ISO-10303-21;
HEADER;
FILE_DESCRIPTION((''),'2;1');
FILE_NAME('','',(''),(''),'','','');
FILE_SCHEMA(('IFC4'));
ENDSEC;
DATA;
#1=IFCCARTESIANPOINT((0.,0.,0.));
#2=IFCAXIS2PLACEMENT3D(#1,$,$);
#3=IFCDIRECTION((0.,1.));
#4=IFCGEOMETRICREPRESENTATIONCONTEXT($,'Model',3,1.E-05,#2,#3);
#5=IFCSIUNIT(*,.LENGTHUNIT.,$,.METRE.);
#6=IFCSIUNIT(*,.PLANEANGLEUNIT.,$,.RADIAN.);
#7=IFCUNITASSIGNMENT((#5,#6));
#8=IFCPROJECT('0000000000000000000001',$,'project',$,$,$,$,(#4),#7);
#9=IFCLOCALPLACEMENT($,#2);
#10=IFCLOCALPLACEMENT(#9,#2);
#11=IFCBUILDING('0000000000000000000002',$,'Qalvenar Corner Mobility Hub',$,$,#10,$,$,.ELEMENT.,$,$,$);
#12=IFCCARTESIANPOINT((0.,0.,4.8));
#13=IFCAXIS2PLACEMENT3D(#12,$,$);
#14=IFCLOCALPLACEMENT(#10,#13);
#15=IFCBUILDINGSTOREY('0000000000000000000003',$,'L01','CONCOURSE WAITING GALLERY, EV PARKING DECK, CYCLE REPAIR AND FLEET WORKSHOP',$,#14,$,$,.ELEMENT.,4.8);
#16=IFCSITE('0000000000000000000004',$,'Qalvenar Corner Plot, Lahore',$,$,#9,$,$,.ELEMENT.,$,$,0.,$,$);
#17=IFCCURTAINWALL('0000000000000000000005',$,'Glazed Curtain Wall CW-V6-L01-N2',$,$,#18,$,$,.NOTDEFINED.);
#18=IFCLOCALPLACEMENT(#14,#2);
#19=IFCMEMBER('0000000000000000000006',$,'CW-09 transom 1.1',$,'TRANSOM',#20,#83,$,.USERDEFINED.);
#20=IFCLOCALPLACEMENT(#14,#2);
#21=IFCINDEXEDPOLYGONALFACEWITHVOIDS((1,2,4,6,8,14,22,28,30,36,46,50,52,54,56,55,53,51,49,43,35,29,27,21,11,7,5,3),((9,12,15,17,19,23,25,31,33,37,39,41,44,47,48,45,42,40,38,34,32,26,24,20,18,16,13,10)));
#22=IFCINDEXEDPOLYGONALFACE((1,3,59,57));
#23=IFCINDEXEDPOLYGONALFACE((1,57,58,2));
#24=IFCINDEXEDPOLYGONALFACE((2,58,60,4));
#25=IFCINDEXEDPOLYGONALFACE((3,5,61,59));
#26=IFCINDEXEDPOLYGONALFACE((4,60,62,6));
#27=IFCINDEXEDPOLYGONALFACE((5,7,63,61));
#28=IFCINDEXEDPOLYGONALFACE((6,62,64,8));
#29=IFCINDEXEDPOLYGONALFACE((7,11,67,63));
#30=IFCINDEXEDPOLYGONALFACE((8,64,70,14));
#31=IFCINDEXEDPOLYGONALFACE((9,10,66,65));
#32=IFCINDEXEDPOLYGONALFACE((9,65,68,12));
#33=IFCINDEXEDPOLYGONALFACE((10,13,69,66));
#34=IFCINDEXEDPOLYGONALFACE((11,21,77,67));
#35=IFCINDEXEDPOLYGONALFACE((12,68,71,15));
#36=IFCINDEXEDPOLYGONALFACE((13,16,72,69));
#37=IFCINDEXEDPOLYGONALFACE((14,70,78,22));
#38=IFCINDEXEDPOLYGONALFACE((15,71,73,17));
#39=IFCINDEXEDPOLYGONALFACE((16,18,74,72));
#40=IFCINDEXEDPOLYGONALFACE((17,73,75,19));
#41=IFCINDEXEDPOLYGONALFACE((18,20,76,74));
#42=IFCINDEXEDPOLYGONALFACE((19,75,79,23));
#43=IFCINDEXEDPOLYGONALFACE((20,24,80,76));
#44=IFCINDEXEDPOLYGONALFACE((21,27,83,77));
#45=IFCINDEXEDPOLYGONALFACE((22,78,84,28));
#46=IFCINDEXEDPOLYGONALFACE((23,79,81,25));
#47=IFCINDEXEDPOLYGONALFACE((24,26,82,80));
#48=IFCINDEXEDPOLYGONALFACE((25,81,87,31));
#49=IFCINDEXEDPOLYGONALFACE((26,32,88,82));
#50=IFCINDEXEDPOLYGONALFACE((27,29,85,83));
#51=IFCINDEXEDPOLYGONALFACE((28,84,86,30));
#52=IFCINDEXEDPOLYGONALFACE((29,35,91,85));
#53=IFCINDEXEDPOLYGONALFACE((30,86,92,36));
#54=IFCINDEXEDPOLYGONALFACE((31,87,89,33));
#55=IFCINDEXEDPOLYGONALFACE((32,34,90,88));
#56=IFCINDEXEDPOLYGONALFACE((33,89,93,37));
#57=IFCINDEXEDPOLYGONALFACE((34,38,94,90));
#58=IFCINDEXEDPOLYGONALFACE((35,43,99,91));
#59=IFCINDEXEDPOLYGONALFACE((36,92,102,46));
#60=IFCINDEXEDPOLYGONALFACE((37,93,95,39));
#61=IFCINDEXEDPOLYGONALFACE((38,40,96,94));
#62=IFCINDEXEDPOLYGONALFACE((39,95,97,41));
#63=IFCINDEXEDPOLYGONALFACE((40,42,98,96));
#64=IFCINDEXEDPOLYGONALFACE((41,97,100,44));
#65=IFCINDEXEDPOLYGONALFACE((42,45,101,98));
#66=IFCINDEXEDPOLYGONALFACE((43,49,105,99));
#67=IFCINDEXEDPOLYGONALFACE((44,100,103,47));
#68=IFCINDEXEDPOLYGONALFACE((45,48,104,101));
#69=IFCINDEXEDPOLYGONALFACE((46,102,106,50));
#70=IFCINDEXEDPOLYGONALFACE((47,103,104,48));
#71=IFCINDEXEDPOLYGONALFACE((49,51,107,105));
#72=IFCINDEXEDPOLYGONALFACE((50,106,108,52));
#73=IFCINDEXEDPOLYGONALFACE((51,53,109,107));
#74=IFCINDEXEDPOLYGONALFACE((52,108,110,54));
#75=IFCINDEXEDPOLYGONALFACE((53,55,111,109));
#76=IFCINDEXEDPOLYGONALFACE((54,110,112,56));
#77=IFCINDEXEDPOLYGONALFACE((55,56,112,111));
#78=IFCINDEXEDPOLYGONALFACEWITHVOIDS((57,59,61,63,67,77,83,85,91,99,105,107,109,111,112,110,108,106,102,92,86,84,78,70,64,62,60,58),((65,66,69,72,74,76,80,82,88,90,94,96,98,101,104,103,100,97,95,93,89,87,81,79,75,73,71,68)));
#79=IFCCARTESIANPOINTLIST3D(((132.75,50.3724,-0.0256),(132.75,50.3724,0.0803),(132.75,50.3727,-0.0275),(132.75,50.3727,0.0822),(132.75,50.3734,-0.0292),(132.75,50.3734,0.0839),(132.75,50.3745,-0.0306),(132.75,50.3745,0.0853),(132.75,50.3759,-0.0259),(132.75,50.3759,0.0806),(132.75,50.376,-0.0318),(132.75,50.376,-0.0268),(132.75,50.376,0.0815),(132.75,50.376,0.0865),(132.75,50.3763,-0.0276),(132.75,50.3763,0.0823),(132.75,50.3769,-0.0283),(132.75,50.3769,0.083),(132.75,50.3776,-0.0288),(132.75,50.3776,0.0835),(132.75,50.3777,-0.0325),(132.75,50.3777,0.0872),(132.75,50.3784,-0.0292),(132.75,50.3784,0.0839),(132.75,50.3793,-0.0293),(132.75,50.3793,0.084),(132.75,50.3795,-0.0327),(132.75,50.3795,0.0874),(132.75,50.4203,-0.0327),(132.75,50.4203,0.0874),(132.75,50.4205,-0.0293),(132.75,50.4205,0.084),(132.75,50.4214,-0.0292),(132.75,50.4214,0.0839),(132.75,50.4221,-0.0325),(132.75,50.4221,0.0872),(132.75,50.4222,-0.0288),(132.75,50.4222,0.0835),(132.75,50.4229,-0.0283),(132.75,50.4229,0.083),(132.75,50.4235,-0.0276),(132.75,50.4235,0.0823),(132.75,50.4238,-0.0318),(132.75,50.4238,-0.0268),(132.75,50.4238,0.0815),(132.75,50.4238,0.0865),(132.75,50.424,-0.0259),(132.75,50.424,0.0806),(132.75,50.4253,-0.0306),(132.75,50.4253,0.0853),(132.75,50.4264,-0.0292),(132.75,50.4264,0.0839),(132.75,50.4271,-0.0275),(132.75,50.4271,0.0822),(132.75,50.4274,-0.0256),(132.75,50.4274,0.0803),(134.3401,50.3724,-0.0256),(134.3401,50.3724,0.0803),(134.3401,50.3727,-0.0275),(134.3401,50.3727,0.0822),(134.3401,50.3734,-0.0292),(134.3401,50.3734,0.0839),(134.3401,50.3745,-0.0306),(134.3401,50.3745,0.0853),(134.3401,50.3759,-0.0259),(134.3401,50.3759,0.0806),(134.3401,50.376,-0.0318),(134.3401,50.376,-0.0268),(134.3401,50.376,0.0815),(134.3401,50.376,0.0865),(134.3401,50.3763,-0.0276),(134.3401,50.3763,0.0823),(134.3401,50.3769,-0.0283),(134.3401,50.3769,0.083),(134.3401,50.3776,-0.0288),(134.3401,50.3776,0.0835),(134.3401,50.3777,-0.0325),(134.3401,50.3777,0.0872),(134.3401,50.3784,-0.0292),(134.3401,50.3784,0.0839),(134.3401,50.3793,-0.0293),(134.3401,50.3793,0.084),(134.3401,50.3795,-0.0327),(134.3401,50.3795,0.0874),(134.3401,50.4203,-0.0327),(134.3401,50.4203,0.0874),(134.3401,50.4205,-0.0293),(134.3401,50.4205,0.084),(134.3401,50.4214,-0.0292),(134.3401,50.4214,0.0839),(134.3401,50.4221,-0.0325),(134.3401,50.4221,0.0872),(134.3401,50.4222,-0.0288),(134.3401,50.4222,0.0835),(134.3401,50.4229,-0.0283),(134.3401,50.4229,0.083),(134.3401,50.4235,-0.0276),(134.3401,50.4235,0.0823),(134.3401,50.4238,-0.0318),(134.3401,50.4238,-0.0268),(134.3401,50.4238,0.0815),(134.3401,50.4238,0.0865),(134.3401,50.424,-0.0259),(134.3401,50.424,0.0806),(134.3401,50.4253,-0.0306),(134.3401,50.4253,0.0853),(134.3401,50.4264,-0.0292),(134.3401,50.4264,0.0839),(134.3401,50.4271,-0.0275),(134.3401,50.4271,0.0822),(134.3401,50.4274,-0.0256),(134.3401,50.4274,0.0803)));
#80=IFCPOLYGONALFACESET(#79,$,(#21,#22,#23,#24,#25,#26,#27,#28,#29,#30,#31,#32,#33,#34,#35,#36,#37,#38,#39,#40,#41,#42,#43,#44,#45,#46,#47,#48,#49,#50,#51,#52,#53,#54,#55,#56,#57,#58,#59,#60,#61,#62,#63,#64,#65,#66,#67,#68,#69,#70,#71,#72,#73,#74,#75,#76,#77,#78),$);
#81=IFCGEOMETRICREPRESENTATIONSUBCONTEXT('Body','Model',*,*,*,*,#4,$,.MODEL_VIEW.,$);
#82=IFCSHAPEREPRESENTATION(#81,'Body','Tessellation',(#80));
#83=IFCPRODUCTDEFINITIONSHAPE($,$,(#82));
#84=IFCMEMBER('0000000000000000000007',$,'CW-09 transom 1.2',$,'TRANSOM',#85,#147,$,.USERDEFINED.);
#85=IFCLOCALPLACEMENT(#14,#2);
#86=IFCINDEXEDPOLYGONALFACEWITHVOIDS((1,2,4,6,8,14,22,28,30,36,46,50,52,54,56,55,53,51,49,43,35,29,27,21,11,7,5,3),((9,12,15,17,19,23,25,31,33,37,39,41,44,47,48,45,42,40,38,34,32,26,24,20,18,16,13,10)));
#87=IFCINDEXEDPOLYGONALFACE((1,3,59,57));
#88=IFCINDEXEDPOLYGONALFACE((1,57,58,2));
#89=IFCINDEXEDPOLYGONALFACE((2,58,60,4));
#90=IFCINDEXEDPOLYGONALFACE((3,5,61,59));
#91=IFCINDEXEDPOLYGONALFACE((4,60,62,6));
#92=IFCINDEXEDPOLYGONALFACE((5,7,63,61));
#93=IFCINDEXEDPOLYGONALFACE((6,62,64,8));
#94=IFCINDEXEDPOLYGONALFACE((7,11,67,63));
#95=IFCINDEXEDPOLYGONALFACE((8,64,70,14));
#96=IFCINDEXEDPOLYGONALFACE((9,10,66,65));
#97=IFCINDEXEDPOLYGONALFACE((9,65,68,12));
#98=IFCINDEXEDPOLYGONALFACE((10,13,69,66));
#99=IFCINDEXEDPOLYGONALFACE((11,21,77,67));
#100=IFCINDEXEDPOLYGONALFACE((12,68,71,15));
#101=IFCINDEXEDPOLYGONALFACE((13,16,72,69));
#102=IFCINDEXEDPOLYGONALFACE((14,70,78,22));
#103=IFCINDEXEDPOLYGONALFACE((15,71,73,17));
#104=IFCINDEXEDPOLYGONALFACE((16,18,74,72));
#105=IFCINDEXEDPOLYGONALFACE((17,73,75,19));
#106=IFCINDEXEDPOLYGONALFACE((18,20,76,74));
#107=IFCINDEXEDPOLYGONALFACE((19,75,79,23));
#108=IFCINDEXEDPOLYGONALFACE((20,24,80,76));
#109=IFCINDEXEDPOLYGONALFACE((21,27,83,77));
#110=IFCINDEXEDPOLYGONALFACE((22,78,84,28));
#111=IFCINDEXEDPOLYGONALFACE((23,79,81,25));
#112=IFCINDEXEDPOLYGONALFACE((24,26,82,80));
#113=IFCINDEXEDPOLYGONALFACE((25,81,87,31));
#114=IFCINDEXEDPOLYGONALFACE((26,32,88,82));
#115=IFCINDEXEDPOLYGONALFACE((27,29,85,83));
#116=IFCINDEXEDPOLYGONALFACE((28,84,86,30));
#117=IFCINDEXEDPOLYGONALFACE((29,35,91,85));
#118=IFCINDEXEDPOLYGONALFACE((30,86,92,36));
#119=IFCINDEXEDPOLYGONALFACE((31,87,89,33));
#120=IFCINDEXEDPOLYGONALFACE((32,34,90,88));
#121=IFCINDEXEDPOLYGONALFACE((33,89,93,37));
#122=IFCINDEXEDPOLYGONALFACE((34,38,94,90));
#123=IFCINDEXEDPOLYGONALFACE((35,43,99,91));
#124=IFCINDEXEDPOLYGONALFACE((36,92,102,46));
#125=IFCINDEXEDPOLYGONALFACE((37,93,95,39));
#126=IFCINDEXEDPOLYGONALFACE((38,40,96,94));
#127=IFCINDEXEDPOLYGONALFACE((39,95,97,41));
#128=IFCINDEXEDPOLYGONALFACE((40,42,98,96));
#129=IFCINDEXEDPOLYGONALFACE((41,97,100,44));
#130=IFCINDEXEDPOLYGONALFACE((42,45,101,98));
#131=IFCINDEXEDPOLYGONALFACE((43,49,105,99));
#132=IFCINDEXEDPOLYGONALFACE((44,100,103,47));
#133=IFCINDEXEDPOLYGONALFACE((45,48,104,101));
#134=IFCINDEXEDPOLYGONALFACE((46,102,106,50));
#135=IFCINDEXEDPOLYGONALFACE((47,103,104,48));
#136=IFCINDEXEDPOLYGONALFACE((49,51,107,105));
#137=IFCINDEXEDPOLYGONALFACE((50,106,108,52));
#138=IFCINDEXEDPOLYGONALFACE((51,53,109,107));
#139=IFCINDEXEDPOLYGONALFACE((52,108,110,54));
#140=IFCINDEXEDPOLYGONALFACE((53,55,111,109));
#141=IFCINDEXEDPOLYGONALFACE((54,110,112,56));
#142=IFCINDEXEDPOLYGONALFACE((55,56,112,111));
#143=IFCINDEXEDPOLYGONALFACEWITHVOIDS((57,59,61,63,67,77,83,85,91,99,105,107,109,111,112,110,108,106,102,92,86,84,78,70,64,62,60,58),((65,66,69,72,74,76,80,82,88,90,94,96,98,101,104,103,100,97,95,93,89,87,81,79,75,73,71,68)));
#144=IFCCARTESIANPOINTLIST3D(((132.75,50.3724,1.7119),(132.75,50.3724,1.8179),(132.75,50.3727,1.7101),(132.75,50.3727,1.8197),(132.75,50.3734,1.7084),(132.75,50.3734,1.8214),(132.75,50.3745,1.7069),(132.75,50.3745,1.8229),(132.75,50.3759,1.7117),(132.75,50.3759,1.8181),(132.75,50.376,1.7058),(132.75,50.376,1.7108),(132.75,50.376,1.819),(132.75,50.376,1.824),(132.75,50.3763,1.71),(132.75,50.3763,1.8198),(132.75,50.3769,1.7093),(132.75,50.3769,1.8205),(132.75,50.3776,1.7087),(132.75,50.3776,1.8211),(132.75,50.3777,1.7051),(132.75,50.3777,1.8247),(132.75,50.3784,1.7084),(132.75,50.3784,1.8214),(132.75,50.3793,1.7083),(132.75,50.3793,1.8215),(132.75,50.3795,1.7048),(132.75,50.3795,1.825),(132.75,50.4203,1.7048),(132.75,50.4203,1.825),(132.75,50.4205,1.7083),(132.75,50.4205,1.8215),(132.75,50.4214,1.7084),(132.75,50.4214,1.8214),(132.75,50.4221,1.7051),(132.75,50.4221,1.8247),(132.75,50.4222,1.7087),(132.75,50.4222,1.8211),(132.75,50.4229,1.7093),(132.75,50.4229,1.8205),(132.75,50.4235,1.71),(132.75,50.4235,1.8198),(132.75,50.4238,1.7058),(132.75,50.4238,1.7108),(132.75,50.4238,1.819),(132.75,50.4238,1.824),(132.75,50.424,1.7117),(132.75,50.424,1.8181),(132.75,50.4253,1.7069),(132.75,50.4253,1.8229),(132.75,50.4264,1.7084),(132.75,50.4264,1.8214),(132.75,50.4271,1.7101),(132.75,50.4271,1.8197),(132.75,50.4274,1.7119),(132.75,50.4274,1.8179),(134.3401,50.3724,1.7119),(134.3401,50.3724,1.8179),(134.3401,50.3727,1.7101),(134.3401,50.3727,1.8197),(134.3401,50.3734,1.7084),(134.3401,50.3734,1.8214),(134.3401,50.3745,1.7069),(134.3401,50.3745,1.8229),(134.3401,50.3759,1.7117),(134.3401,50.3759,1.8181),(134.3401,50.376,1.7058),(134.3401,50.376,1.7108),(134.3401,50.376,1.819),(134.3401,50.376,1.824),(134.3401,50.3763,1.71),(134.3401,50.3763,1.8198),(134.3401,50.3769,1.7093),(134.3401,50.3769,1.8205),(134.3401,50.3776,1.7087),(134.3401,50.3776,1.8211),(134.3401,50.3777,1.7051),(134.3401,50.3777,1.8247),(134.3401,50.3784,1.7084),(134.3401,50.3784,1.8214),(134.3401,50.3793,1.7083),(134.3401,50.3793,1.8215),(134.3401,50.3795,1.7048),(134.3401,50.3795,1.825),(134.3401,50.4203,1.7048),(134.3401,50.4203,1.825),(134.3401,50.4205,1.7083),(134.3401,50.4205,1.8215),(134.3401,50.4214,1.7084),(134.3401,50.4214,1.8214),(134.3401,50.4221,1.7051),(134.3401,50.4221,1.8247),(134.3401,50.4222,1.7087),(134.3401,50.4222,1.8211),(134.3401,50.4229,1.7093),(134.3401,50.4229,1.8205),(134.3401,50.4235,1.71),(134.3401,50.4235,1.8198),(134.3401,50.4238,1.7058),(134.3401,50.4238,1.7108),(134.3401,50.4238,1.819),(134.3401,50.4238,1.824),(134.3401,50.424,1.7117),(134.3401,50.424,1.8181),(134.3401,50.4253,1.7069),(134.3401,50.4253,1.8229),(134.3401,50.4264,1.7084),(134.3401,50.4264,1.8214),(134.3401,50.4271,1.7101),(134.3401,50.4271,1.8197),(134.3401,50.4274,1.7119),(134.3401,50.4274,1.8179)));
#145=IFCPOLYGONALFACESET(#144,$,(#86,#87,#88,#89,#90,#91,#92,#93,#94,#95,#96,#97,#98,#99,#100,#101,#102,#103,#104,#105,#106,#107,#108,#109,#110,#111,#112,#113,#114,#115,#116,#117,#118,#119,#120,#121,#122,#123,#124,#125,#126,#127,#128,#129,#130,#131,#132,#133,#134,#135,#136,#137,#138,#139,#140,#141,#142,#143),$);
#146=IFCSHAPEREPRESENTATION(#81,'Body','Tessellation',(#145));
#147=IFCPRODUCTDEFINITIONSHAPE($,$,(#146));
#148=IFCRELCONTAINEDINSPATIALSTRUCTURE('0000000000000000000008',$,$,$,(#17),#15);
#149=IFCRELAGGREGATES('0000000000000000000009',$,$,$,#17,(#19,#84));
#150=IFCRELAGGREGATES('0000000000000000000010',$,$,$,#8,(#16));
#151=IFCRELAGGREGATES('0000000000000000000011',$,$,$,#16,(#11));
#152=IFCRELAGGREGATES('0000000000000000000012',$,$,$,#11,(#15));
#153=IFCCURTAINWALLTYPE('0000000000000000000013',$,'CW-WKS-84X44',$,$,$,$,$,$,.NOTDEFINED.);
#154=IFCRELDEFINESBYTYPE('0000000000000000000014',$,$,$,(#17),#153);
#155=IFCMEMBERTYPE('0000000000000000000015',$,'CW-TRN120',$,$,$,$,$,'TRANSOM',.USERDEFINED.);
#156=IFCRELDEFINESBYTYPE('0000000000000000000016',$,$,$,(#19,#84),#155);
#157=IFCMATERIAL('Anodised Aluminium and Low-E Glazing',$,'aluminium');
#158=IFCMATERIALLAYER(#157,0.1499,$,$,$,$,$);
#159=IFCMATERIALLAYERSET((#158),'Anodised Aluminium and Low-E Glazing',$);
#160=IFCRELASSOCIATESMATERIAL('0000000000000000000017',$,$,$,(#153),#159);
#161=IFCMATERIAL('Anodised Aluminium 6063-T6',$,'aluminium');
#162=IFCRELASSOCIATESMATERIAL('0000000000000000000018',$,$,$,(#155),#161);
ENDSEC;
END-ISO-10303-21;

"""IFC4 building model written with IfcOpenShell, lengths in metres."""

from ifc_helpers import new_model, si_unit, direction, frame, origin, origin_2d, place, context, subcontext, project, spatial, hollow_rectangle, extrude, material, layer, layer_set, material_profile, profile_set, type_object, element, aggregate, save


model = new_model("IFC4")

# Units and contexts
model_context = context("Model", 3, precision=1e-05, world=origin(), true_north=direction((0.0, 1.0)))
body_context = subcontext(model_context, "Body", "Model", "MODEL_VIEW")
ifc_project = project(units=[si_unit("LENGTHUNIT", "METRE"), si_unit("PLANEANGLEUNIT", "RADIAN")], contexts=[model_context])

# Site, building, storey
site_placement = place(None, origin())
site = spatial("IfcSite", under=ifc_project, at=site_placement, Name="Qalvenar Corner Plot, Lahore", CompositionType="ELEMENT", RefElevation=0.0)
building_placement = place(site_placement, origin())
building = spatial("IfcBuilding", under=site, at=building_placement, Name="Qalvenar Corner Mobility Hub", CompositionType="ELEMENT")
storey_placement = place(building_placement, frame((0.0, 0.0, 4.8)))
storey = spatial("IfcBuildingStorey", under=building, at=storey_placement, Name="L01", Description="CONCOURSE WAITING GALLERY, EV PARKING DECK, CYCLE REPAIR AND FLEET WORKSHOP", CompositionType="ELEMENT", Elevation=4.8)

# Curtain wall, members
ifc_material_1 = material(Name="Anodised Aluminium and Low-E Glazing", Category="aluminium")
ifc_layer_1 = layer(ifc_material_1, 0.1499)
ifc_layer_set_1 = layer_set([ifc_layer_1], Name="Anodised Aluminium and Low-E Glazing")
curtain_wall_type = type_object("IfcCurtainWallType", Name="CW-WKS-84X44", PredefinedType="NOTDEFINED", material=ifc_layer_set_1)
curtain_wall_placement = place(storey_placement, origin())
curtain_wall = element("IfcCurtainWall", 1, at=curtain_wall_placement, inside=storey, type_object=curtain_wall_type, Name="Glazed Curtain Wall CW-V6-L01-N2", PredefinedType="NOTDEFINED")
ifc_material_2 = material(Name="Anodised Aluminium 6063-T6", Category="aluminium")
ifc_material_profile_1 = material_profile(ifc_material_2, hollow_rectangle(XDim=0.0549, YDim=0.1201, WallThickness=0.0034, InnerFilletRadius=0.0034, OuterFilletRadius=0.0071, at=origin_2d()), Name="RHS120x55x3.5")
ifc_profile_set_1 = profile_set([ifc_material_profile_1], Name="Anodised Aluminium 6063-T6")
member_type_1 = type_object("IfcMemberType", Name="CW-TRN120", ElementType="TRANSOM", PredefinedType="USERDEFINED", material=ifc_profile_set_1)
member_1_placement = place(storey_placement, frame((134.3401, 50.3999, 0.0273), z_axis=(-1.0, 0.0, 0.0), x_axis=(0.0, -1.0, 0.0)))
member_1 = element("IfcMember", 2, at=member_1_placement, type_object=member_type_1, Name="CW-09 transom 1.1", ObjectType="TRANSOM", PredefinedType="USERDEFINED", context=body_context, shape_type="SweptSolid", body=[
    extrude(hollow_rectangle(XDim=0.0549, YDim=0.1201, WallThickness=0.0034, InnerFilletRadius=0.0034, OuterFilletRadius=0.0071, at=origin_2d()), origin(), (0.0, 0.0, 1.0), 1.5901),
])
member_2_placement = place(storey_placement, frame((134.3401, 50.3999, 1.7649), z_axis=(-1.0, 0.0, 0.0), x_axis=(0.0, -1.0, 0.0)))
member_2 = element("IfcMember", 3, at=member_2_placement, type_object=member_type_1, Name="CW-09 transom 1.2", ObjectType="TRANSOM", PredefinedType="USERDEFINED", context=body_context, shape_type="SweptSolid", body=[
    extrude(hollow_rectangle(XDim=0.0549, YDim=0.1201, WallThickness=0.0034, InnerFilletRadius=0.0034, OuterFilletRadius=0.0071, at=origin_2d()), origin(), (0.0, 0.0, 1.0), 1.5901),
])

aggregate(curtain_wall, [member_1, member_2])

save(model, "model.ifc")
